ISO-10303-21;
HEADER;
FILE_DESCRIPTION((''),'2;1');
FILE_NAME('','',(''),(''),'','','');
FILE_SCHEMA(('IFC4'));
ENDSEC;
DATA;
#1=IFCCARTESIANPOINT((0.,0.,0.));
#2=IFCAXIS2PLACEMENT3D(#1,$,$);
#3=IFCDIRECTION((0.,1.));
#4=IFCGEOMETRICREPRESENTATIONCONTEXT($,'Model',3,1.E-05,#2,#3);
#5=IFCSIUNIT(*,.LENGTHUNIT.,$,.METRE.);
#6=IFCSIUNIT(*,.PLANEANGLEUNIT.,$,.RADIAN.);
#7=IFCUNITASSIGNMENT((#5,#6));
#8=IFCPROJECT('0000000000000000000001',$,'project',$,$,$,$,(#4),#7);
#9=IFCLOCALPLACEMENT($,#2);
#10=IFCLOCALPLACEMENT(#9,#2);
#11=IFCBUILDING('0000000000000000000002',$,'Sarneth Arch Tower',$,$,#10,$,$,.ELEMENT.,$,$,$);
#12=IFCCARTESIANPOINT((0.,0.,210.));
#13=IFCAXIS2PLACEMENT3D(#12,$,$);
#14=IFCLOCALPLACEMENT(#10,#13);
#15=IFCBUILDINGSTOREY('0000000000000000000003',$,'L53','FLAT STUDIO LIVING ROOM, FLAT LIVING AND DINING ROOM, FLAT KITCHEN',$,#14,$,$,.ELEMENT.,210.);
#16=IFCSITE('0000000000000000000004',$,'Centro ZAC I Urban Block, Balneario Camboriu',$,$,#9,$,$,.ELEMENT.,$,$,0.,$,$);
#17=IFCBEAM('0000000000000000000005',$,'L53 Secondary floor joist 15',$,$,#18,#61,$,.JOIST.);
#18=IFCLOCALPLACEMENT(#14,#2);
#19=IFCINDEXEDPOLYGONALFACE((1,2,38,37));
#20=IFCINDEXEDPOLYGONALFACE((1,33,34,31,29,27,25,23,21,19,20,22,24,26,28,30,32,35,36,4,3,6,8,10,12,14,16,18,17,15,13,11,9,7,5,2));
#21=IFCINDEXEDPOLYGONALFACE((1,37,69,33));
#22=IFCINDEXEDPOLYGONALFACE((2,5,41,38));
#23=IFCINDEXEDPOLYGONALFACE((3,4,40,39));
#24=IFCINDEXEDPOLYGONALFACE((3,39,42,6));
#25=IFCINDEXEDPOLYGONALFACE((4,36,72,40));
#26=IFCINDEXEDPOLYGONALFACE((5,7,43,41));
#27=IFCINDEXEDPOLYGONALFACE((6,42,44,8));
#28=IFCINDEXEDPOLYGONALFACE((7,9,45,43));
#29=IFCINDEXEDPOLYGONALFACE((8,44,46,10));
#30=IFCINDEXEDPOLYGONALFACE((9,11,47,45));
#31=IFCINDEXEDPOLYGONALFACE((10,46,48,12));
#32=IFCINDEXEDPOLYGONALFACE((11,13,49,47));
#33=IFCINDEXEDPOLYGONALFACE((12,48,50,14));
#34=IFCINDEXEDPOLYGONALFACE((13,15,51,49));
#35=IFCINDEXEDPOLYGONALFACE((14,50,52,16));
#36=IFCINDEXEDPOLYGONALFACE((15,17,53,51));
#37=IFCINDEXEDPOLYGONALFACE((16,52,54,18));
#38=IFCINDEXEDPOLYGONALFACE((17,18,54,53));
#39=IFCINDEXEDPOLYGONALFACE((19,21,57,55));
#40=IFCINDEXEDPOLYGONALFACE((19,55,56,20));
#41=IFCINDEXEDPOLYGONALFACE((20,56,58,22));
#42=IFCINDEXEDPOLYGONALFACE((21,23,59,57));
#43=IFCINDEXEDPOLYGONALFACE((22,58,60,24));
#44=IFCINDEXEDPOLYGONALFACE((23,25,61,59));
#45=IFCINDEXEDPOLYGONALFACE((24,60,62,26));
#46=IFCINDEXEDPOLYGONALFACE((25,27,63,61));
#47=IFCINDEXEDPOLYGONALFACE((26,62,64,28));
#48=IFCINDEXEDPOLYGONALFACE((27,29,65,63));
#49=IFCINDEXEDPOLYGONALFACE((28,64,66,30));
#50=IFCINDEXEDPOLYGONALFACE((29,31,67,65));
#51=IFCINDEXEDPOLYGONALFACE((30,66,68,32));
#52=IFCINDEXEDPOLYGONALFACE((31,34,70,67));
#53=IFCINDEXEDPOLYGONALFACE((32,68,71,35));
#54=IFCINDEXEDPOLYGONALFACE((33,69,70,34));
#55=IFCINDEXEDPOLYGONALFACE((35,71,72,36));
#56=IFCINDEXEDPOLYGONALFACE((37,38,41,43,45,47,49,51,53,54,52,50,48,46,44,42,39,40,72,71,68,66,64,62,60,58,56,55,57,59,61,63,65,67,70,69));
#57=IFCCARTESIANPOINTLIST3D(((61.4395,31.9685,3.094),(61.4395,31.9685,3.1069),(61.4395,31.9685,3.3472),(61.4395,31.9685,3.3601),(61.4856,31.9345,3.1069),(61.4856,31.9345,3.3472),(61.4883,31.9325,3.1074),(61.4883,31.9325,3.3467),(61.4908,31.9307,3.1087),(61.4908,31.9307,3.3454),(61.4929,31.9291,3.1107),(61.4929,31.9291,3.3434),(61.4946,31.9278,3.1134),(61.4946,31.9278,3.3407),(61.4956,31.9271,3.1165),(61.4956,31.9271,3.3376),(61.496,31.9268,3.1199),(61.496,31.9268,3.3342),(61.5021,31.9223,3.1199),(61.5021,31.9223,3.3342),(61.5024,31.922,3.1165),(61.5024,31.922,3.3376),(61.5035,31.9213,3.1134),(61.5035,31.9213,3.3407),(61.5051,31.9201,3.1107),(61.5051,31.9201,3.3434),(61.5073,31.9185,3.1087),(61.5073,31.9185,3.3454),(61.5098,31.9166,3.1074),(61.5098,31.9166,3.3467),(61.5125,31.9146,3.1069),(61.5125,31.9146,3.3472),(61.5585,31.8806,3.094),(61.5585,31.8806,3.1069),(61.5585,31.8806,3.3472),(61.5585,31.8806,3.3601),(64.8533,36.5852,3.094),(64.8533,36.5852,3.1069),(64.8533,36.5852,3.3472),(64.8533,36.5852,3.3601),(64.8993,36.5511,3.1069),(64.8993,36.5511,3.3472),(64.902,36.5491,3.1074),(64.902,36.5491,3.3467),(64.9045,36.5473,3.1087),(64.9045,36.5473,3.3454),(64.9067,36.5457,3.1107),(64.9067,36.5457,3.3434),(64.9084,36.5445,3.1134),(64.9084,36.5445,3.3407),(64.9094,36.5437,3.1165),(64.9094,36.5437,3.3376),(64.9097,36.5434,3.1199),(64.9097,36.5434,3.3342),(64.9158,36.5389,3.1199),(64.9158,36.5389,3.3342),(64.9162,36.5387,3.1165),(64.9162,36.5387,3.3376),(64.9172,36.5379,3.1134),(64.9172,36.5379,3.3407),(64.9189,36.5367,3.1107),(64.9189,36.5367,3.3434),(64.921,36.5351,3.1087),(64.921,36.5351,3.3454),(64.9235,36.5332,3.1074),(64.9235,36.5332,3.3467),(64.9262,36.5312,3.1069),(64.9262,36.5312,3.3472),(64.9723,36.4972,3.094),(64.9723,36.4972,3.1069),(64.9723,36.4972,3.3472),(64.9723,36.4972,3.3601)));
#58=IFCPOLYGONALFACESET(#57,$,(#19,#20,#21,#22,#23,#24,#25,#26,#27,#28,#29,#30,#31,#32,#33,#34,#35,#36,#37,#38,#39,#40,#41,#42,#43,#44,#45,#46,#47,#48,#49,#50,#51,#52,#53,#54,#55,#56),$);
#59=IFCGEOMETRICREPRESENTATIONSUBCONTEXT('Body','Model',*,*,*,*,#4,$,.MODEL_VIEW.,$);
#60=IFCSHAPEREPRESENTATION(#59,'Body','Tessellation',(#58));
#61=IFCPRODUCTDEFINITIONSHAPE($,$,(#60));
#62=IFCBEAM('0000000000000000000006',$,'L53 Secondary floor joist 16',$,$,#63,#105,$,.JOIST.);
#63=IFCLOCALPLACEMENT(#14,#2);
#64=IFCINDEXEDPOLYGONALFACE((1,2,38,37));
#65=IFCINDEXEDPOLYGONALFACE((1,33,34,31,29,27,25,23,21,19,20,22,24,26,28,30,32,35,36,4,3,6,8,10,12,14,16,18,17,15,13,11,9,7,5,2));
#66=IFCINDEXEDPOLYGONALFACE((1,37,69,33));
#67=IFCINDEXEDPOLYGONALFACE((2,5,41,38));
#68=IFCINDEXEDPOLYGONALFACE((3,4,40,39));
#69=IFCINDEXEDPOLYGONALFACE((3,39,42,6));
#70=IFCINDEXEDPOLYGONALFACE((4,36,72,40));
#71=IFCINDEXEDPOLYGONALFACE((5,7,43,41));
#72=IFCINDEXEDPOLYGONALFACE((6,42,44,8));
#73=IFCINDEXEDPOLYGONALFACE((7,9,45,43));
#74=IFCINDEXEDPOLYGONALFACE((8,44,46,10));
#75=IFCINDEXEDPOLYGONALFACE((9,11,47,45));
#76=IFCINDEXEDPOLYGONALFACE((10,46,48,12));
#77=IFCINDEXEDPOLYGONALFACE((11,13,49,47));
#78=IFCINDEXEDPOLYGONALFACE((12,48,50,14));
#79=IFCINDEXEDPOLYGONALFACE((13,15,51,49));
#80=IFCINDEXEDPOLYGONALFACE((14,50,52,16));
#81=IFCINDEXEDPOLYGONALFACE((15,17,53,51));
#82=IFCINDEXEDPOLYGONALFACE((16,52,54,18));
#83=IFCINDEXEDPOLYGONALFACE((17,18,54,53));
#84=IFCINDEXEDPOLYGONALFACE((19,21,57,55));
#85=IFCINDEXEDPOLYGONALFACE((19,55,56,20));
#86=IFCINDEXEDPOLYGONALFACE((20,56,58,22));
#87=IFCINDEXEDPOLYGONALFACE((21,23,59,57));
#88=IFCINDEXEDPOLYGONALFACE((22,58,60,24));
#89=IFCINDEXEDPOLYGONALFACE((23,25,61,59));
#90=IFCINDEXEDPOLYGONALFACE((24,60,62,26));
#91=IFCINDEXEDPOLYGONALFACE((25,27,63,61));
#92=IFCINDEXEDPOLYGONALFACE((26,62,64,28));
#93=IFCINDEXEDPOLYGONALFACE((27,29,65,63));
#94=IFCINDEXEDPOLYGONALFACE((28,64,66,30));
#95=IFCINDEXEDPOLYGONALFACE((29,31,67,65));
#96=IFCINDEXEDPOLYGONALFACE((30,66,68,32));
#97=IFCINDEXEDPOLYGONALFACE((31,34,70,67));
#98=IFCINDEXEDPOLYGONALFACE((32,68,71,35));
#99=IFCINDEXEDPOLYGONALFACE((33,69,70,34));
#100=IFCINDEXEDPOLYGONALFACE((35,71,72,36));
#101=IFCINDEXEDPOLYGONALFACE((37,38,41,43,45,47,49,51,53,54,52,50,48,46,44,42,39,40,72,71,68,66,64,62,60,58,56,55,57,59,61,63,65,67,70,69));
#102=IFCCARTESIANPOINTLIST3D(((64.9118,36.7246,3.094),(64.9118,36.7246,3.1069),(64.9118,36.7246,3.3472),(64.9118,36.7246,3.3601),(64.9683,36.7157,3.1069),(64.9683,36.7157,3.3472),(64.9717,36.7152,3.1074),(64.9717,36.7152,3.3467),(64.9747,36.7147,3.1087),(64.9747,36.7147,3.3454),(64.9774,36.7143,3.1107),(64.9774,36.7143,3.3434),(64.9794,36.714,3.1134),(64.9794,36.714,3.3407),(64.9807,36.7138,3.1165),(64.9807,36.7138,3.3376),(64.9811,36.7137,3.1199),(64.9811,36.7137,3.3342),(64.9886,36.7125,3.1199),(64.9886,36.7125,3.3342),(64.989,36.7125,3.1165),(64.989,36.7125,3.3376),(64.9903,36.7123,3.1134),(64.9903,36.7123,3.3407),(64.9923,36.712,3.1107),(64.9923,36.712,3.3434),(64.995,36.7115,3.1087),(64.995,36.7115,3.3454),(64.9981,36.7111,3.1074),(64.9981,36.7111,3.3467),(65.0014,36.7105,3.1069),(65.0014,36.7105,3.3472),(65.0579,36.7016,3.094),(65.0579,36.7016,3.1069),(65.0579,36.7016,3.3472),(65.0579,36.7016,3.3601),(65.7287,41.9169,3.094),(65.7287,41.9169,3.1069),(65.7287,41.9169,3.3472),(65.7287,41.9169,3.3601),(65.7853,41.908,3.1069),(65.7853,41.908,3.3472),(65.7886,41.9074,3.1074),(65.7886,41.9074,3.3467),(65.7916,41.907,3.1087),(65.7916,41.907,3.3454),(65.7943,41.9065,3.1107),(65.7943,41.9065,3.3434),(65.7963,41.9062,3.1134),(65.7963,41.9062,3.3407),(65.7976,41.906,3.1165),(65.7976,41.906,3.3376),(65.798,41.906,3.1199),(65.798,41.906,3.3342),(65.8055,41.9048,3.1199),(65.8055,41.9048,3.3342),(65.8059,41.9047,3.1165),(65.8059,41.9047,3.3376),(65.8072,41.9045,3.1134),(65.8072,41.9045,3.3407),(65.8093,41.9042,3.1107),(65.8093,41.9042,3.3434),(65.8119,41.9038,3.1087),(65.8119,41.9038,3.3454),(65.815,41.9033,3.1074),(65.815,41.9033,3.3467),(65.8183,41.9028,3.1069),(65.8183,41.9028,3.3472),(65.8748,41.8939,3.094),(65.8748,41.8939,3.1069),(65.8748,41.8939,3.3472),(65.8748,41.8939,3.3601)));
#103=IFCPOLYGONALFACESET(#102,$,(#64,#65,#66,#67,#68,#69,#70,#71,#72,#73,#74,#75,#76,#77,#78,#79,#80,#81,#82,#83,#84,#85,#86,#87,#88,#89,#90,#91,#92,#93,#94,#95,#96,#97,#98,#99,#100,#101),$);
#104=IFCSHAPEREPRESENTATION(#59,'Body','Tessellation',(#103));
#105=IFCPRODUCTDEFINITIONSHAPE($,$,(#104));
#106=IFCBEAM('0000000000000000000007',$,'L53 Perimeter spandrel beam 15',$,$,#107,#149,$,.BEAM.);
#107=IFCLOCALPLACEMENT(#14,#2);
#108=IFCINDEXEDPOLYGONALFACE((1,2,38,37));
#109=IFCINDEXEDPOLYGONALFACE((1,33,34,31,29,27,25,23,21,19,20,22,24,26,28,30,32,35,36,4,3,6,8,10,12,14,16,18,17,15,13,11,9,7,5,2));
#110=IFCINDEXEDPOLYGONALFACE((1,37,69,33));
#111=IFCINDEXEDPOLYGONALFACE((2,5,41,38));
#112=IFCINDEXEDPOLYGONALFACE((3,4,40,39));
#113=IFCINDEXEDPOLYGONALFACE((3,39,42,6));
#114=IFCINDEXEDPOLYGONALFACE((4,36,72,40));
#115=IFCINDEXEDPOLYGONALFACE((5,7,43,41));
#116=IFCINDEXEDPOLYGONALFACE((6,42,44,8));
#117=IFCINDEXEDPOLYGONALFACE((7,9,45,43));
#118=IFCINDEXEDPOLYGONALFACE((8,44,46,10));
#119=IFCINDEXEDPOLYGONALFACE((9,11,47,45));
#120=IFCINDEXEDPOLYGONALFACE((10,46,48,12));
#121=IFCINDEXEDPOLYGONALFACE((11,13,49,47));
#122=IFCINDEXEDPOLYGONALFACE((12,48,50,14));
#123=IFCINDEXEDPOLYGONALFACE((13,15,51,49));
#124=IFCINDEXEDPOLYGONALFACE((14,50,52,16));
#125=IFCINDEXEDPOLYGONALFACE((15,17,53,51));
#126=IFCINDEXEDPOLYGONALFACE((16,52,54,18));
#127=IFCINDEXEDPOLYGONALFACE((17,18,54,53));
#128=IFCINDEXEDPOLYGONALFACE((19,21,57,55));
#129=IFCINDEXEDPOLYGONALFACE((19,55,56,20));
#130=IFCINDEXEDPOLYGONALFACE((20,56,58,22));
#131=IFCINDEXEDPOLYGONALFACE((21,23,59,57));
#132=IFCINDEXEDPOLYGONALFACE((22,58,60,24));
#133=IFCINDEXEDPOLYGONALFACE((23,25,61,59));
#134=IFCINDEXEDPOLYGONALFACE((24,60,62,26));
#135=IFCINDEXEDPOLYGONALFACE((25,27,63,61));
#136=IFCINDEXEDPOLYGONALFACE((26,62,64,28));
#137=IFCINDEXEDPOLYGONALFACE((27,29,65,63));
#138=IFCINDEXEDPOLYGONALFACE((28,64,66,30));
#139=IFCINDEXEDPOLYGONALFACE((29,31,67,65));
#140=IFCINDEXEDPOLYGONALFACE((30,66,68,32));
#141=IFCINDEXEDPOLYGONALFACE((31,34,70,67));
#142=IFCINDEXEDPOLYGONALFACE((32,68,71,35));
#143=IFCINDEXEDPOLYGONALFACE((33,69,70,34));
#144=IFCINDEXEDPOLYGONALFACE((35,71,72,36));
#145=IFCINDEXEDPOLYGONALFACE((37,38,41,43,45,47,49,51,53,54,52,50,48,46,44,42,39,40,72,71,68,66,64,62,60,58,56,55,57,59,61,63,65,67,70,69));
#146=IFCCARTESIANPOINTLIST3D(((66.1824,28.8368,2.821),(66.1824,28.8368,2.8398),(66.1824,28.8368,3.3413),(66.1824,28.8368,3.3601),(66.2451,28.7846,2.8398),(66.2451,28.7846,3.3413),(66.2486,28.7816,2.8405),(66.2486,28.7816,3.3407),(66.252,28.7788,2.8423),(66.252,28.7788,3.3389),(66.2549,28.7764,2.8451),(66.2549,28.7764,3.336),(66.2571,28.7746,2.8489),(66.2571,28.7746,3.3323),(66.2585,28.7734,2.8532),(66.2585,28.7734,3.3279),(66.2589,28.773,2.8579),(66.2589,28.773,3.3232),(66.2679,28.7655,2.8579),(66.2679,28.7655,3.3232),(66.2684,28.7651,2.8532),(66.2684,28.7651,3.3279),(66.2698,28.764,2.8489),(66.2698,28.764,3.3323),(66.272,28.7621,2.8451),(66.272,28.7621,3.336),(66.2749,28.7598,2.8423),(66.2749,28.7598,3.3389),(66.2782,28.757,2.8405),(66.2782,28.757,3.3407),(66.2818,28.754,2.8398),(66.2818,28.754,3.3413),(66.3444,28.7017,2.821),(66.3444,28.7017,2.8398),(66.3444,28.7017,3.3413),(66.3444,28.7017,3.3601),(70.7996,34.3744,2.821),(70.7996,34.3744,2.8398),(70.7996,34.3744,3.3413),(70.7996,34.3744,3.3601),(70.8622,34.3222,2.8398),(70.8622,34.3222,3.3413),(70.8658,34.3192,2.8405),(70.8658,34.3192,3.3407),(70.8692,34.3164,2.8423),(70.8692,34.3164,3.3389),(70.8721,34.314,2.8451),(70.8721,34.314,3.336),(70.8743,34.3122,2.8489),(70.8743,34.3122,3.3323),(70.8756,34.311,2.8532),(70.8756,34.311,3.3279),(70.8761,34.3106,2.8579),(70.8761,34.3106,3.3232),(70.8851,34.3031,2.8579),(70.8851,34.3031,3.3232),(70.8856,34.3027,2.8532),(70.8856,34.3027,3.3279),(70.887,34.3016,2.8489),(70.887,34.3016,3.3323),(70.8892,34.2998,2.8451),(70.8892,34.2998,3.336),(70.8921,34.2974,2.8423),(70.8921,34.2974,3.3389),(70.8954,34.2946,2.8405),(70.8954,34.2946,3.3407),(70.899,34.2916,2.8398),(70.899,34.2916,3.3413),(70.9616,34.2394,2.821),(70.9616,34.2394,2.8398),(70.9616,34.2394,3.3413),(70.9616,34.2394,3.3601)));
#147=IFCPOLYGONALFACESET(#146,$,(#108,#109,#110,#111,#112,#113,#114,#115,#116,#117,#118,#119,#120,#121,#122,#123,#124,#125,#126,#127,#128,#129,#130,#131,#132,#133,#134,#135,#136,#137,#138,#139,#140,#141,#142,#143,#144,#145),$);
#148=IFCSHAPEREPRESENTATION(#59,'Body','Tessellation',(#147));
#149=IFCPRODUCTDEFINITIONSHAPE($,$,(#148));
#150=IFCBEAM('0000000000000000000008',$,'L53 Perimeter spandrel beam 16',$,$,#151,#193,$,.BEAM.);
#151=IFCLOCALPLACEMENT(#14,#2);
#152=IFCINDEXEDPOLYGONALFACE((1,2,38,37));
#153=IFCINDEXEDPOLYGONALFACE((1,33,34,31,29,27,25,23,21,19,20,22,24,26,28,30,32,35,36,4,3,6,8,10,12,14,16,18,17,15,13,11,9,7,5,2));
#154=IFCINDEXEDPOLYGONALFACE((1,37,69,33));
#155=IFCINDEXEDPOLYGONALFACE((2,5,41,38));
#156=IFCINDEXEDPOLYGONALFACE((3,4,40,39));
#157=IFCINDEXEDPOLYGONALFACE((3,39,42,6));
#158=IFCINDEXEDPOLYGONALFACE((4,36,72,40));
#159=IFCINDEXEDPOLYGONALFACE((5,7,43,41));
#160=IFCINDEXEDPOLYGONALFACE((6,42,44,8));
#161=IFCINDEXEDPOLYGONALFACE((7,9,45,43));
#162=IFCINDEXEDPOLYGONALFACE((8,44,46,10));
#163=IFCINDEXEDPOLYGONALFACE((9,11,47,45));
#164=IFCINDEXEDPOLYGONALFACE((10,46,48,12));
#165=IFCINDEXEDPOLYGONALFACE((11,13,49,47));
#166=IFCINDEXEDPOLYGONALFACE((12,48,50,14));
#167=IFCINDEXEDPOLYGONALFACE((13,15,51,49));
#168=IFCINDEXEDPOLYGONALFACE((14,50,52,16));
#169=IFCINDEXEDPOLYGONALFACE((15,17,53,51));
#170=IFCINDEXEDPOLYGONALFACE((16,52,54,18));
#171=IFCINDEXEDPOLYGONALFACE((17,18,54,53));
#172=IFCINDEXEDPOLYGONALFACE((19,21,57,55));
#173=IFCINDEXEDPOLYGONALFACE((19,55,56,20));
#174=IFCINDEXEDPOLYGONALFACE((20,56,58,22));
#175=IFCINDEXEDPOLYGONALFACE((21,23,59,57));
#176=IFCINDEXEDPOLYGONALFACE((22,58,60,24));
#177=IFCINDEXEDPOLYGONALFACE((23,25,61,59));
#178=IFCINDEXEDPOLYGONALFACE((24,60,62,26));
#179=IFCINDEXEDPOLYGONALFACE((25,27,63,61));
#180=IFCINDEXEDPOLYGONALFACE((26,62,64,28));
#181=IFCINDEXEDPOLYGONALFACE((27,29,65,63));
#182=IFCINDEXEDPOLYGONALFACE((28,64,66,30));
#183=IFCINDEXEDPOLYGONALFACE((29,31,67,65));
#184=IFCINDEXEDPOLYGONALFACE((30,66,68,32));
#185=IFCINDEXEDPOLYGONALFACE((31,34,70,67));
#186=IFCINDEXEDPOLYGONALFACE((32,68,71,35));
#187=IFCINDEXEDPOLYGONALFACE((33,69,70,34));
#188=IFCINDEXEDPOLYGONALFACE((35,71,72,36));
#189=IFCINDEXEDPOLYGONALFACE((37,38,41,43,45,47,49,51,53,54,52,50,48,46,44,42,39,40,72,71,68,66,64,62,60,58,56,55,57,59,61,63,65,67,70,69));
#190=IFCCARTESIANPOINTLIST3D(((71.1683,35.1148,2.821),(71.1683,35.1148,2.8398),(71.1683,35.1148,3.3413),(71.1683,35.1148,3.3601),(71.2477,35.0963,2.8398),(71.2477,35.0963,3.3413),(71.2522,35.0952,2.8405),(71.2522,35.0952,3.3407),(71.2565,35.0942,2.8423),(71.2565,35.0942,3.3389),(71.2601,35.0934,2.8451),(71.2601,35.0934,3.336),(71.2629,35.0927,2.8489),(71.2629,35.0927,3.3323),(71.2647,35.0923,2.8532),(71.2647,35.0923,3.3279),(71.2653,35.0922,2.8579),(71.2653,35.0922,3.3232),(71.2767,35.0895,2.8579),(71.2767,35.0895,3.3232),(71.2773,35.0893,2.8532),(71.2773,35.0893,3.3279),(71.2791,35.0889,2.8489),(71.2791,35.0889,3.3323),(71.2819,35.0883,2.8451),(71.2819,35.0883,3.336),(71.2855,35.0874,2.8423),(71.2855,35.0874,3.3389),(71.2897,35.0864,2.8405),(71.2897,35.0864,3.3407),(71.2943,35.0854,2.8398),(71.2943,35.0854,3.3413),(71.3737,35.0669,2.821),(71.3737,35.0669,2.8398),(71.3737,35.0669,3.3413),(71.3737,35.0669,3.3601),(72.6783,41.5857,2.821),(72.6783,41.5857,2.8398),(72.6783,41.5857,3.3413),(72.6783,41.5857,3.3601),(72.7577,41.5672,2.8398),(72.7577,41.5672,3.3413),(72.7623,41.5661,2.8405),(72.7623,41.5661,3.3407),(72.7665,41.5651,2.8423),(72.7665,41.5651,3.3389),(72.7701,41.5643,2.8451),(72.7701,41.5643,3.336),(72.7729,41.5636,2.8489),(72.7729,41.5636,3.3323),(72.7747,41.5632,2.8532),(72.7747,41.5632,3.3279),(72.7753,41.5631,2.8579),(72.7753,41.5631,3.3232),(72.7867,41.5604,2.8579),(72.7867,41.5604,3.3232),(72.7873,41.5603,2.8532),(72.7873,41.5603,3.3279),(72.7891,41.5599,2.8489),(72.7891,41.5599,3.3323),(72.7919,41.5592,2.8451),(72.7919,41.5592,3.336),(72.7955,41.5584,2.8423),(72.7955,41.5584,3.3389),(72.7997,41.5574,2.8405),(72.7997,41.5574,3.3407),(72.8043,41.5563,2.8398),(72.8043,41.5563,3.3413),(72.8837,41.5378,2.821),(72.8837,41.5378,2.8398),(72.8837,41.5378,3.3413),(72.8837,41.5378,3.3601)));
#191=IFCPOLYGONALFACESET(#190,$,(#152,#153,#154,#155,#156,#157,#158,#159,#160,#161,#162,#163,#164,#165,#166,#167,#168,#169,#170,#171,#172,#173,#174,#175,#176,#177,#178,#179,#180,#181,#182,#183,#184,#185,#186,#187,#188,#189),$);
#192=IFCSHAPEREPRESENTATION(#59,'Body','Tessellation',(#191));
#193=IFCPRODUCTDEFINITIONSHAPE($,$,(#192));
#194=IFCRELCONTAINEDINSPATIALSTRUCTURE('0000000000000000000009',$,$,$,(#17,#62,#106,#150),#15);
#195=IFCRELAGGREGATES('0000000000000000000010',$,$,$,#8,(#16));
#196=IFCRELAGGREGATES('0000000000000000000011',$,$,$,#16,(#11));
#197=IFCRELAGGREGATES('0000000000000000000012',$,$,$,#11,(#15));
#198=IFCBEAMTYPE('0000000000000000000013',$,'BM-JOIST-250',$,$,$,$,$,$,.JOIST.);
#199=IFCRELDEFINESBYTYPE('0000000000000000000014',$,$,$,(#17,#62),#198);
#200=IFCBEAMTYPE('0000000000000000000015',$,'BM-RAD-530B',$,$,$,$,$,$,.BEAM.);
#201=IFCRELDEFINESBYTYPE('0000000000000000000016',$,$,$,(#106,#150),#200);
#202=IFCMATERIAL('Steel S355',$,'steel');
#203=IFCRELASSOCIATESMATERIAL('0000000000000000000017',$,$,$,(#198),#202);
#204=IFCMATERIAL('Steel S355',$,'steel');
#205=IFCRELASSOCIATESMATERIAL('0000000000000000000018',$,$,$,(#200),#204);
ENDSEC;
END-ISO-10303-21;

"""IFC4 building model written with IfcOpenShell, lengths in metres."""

from ifc_helpers import new_model, si_unit, direction, frame, origin, origin_2d, place, context, subcontext, project, spatial, i_section, extrude, material, material_profile, profile_set, type_object, element, save


model = new_model("IFC4")

# Units and contexts
model_context = context("Model", 3, precision=1e-05, world=origin(), true_north=direction((0.0, 1.0)))
body_context = subcontext(model_context, "Body", "Model", "MODEL_VIEW")
ifc_project = project(units=[si_unit("LENGTHUNIT", "METRE"), si_unit("PLANEANGLEUNIT", "RADIAN")], contexts=[model_context])

# Site, building, storey
site_placement = place(None, origin())
site = spatial("IfcSite", under=ifc_project, at=site_placement, Name="Centro ZAC I Urban Block, Balneario Camboriu", CompositionType="ELEMENT", RefElevation=0.0)
building_placement = place(site_placement, origin())
building = spatial("IfcBuilding", under=site, at=building_placement, Name="Sarneth Arch Tower", CompositionType="ELEMENT")
storey_placement = place(building_placement, frame((0.0, 0.0, 210.0)))
storey = spatial("IfcBuildingStorey", under=building, at=storey_placement, Name="L53", Description="FLAT STUDIO LIVING ROOM, FLAT LIVING AND DINING ROOM, FLAT KITCHEN", CompositionType="ELEMENT", Elevation=210.0)

# Beams
ifc_material_1 = material(Name="Steel S355", Category="steel")
ifc_material_profile_1 = material_profile(ifc_material_1, i_section(OverallWidth=0.1479, OverallDepth=0.2661, WebThickness=0.0076, FlangeThickness=0.0129, FilletRadius=0.0129, at=origin_2d()), Name="W250x44.8")
ifc_profile_set_1 = profile_set([ifc_material_profile_1], Name="Steel S355")
beam_type_1 = type_object("IfcBeamType", Name="BM-JOIST-250", PredefinedType="JOIST", material=ifc_profile_set_1)
beam_1_placement = place(storey_placement, frame((61.499, 31.9246, 3.2271), z_axis=(0.594557, 0.804053, 0.0), x_axis=(-0.804053, 0.594557, 0.0)))
element("IfcBeam", 1, at=beam_1_placement, inside=storey, type_object=beam_type_1, Name="L53 Secondary floor joist 15", PredefinedType="JOIST", context=body_context, shape_type="SweptSolid", body=[
    extrude(i_section(OverallWidth=0.1479, OverallDepth=0.2661, WebThickness=0.0076, FlangeThickness=0.0129, FilletRadius=0.0129, at=origin_2d()), origin(), (0.0, 0.0, 1.0), 5.7417),
])
beam_2_placement = place(storey_placement, frame((64.9849, 36.7131, 3.2271), z_axis=(0.155421, 0.987848, 0.0), x_axis=(-0.987848, 0.155421, 0.0)))
element("IfcBeam", 2, at=beam_2_placement, inside=storey, type_object=beam_type_1, Name="L53 Secondary floor joist 16", PredefinedType="JOIST", context=body_context, shape_type="SweptSolid", body=[
    extrude(i_section(OverallWidth=0.1479, OverallDepth=0.2661, WebThickness=0.0076, FlangeThickness=0.0129, FilletRadius=0.0129, at=origin_2d()), origin(), (0.0, 0.0, 1.0), 5.2561),
])
ifc_material_2 = material(Name="Steel S355", Category="steel")
ifc_material_profile_2 = material_profile(ifc_material_2, i_section(OverallWidth=0.2109, OverallDepth=0.5391, WebThickness=0.0117, FlangeThickness=0.0188, FilletRadius=0.0181, at=origin_2d()), Name="W530x109")
ifc_profile_set_2 = profile_set([ifc_material_profile_2], Name="Steel S355")
beam_type_2 = type_object("IfcBeamType", Name="BM-RAD-530B", PredefinedType="BEAM", material=ifc_profile_set_2)
beam_3_placement = place(storey_placement, frame((66.2634, 28.7693, 3.0906), z_axis=(0.640391, 0.768049, 0.0), x_axis=(-0.768049, 0.640391, 0.0)))
element("IfcBeam", 3, at=beam_3_placement, inside=storey, type_object=beam_type_2, Name="L53 Perimeter spandrel beam 15", PredefinedType="BEAM", context=body_context, shape_type="SweptSolid", body=[
    extrude(i_section(OverallWidth=0.2109, OverallDepth=0.5391, WebThickness=0.0117, FlangeThickness=0.0188, FilletRadius=0.0181, at=origin_2d()), origin(), (0.0, 0.0, 1.0), 7.21),
])
beam_4_placement = place(storey_placement, frame((71.271, 35.0908, 3.0906), z_axis=(0.227247, 0.973837, 0.0), x_axis=(-0.973837, 0.227247, 0.0)))
element("IfcBeam", 4, at=beam_4_placement, inside=storey, type_object=beam_type_2, Name="L53 Perimeter spandrel beam 16", PredefinedType="BEAM", context=body_context, shape_type="SweptSolid", body=[
    extrude(i_section(OverallWidth=0.2109, OverallDepth=0.5391, WebThickness=0.0117, FlangeThickness=0.0188, FilletRadius=0.0181, at=origin_2d()), origin(), (0.0, 0.0, 1.0), 6.6448),
])

save(model, "model.ifc")
